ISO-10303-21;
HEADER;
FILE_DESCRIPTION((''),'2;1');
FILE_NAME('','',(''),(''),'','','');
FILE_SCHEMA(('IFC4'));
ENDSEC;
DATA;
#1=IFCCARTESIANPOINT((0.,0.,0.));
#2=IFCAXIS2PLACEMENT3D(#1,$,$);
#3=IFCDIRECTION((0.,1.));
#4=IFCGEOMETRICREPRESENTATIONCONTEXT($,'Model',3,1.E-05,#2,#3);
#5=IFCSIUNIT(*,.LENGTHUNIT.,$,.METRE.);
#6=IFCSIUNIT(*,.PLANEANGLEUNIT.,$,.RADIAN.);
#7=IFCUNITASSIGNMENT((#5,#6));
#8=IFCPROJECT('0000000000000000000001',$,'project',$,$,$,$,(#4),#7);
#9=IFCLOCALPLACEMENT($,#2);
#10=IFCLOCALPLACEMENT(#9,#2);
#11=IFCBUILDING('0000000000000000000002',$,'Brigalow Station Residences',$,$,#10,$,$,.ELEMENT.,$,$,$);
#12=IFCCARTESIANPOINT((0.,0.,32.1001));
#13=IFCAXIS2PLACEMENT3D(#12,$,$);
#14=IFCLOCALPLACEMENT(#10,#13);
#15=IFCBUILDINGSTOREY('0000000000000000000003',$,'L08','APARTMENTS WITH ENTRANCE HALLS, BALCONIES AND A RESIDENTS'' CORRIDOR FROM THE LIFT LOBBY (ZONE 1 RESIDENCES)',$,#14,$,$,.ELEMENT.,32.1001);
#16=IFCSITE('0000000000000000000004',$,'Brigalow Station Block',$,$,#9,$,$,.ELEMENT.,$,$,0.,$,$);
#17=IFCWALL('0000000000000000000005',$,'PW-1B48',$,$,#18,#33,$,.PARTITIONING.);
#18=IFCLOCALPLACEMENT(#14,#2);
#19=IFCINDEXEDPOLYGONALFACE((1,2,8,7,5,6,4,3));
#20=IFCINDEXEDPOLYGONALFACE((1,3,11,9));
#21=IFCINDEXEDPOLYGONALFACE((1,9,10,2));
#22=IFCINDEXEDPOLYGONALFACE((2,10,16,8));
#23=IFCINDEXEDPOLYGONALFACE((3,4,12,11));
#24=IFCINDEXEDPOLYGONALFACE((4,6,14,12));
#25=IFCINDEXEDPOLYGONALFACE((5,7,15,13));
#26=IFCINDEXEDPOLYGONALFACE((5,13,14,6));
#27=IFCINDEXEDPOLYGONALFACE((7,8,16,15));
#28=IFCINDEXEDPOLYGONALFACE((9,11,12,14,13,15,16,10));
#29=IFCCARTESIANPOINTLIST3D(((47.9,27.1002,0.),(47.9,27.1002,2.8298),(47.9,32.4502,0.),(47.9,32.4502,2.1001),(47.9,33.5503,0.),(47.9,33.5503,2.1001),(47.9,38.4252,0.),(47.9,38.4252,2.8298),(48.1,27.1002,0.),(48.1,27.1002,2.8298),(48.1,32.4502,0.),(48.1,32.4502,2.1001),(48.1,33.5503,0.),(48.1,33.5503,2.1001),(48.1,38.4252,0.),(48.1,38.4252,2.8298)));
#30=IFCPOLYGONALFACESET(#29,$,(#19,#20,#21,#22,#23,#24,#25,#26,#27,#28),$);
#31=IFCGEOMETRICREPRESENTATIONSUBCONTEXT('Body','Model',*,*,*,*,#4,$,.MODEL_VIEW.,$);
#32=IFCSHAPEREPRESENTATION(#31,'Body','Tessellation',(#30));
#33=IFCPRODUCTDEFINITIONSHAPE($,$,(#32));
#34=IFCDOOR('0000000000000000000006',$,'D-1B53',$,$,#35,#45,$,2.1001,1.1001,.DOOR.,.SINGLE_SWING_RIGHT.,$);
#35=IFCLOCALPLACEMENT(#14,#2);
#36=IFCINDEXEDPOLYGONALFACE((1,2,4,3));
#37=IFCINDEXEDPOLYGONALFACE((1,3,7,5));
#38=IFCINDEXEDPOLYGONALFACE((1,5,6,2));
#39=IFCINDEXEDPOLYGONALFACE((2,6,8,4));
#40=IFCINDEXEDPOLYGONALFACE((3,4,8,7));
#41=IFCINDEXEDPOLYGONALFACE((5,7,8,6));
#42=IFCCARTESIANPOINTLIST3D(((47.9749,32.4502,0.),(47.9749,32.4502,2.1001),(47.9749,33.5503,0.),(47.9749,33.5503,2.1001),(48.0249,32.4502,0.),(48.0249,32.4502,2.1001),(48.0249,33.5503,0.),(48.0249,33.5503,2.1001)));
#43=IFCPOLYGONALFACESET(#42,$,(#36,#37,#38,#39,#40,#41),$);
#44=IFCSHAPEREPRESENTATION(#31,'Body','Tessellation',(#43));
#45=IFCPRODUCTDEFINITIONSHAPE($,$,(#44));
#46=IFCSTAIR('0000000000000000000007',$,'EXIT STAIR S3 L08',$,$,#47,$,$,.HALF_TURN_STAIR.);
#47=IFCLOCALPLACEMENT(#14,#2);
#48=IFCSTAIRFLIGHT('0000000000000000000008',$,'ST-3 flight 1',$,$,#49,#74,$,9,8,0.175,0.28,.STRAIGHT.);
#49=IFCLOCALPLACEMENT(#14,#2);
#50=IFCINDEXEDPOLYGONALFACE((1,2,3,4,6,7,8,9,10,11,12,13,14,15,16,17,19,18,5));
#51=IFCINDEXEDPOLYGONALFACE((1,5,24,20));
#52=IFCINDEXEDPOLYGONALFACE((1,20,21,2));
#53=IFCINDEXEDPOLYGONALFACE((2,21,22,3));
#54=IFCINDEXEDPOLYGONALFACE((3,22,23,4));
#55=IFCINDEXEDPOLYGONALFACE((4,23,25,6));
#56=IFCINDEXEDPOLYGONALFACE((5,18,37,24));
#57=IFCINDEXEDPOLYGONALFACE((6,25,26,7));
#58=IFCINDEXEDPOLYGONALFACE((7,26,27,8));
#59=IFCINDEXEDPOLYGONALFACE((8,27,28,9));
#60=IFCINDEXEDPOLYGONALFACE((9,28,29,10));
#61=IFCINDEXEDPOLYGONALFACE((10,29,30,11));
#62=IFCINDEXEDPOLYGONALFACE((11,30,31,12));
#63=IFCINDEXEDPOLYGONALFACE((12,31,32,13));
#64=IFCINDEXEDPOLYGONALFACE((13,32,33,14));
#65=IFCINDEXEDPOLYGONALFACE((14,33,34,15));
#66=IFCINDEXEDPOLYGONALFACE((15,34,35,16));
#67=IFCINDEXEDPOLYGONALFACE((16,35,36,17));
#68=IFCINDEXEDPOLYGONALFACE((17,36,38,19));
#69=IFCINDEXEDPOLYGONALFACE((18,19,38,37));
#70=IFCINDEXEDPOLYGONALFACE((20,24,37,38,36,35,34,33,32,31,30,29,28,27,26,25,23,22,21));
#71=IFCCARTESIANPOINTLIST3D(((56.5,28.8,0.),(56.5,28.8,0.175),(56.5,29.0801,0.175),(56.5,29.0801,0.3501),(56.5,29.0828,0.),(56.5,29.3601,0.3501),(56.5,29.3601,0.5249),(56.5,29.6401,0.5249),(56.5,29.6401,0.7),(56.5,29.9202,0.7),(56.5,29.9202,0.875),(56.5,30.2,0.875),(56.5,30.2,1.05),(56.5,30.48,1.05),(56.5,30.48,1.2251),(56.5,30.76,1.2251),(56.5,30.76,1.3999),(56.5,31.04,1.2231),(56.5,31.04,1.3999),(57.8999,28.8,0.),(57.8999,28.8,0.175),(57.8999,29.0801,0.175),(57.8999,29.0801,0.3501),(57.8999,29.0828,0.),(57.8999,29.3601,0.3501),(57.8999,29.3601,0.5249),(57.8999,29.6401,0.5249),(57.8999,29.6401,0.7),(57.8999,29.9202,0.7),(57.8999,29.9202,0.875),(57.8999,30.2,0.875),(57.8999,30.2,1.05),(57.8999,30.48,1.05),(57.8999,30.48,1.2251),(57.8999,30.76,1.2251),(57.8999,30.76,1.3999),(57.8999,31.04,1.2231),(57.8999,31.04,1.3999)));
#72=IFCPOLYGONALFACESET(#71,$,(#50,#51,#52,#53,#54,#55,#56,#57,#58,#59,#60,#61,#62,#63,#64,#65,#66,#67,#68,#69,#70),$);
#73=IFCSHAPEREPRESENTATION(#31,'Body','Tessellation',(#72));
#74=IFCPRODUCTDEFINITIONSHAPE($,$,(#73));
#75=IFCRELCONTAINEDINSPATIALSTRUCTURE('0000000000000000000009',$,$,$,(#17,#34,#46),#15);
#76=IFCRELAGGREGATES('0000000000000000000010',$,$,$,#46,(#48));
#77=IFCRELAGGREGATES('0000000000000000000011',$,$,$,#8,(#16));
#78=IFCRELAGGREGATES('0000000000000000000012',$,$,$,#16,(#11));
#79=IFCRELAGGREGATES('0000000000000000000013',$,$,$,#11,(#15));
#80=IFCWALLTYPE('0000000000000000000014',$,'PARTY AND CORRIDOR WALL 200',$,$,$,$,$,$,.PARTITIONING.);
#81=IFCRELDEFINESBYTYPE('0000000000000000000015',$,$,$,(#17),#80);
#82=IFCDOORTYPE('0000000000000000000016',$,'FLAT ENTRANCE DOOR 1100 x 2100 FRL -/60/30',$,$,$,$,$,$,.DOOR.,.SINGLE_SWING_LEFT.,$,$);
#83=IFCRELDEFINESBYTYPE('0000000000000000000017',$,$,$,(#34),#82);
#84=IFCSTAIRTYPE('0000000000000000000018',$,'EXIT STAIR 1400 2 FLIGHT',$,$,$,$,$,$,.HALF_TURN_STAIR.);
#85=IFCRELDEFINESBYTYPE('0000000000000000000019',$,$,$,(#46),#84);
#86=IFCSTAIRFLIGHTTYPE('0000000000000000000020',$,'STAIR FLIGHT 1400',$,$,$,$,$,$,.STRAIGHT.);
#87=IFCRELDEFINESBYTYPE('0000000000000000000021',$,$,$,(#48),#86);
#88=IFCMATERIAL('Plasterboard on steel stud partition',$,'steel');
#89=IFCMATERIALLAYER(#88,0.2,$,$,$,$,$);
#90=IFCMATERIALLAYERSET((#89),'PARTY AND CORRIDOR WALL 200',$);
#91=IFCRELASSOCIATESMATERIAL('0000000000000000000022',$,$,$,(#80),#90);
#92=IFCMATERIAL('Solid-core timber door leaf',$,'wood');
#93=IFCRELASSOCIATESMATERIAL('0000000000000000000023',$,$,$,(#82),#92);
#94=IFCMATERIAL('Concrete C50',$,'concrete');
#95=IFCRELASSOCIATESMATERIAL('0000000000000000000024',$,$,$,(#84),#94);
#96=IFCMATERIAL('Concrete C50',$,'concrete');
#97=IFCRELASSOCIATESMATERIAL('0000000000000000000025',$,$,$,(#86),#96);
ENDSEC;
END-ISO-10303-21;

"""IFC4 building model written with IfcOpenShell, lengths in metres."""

from ifc_helpers import new_model, si_unit, direction, frame, frame_2d, origin, place, context, subcontext, project, spatial, polyline, rectangle, outline, extrude, material, layer, layer_set, type_object, element, fill, aggregate, save


model = new_model("IFC4")

# Units and contexts
model_context = context("Model", 3, precision=1e-05, world=origin(), true_north=direction((0.0, 1.0)))
body_context = subcontext(model_context, "Body", "Model", "MODEL_VIEW")
ifc_project = project(units=[si_unit("LENGTHUNIT", "METRE"), si_unit("PLANEANGLEUNIT", "RADIAN")], contexts=[model_context])

# Site, building, storey
site_placement = place(None, origin())
site = spatial("IfcSite", under=ifc_project, at=site_placement, Name="Brigalow Station Block", CompositionType="ELEMENT", RefElevation=0.0)
building_placement = place(site_placement, origin())
building = spatial("IfcBuilding", under=site, at=building_placement, Name="Brigalow Station Residences", CompositionType="ELEMENT")
storey_placement = place(building_placement, frame((0.0, 0.0, 32.1001)))
storey = spatial("IfcBuildingStorey", under=building, at=storey_placement, Name="L08", Description="APARTMENTS WITH ENTRANCE HALLS, BALCONIES AND A RESIDENTS' CORRIDOR FROM THE LIFT LOBBY (ZONE 1 RESIDENCES)", CompositionType="ELEMENT", Elevation=32.1001)

# Shared definitions
ifc_material_1 = material(Name="Plasterboard on steel stud partition", Category="steel")
ifc_layer_1 = layer(ifc_material_1, 0.2)
ifc_layer_set_1 = layer_set([ifc_layer_1], Name="PARTY AND CORRIDOR WALL 200")
wall_type_1 = type_object("IfcWallType", Name="PARTY AND CORRIDOR WALL 200", PredefinedType="PARTITIONING", material=ifc_layer_set_1)

# Wall, opening, door
wall_1_placement = place(storey_placement, frame((48.0, 27.1001, 0.0), z_axis=(0.0, 0.0, 1.0), x_axis=(0.0, 1.0, 0.0)))
wall_1 = element("IfcWall", 1, at=wall_1_placement, inside=storey, type_object=wall_type_1, Name="PW-1B48", PredefinedType="PARTITIONING", context=body_context, shape_type="SweptSolid", body=[
    extrude(rectangle(XDim=11.325, YDim=0.2, at=frame_2d((5.6626, 0.0))), origin(), (0.0, 0.0, 1.0), 2.8298),
])
opening_1_placement = place(wall_1_placement, frame((5.3501, 0.0, 0.0)))
opening_1 = element("IfcOpeningElement", 2, at=opening_1_placement, cuts=wall_1, PredefinedType="OPENING", context=body_context, shape_type="SweptSolid", body=[
    extrude(rectangle(XDim=1.1001, YDim=2.1001, at=frame_2d((0.55, 1.05))), frame((0.0, 0.1099, 0.0), z_axis=(0.0, -1.0, 0.0), x_axis=(1.0, 0.0, 0.0)), (0.0, 0.0, 1.0), 0.22),
])
ifc_material_2 = material(Name="Solid-core timber door leaf", Category="wood")
door_type_1 = type_object("IfcDoorType", Name="FLAT ENTRANCE DOOR 1100 x 2100 FRL -/60/30", OperationType="SINGLE_SWING_LEFT", PredefinedType="DOOR", material=ifc_material_2)
door_1_placement = place(opening_1_placement, frame((1.1001, 0.0, 0.0), z_axis=(0.0, 0.0, 1.0), x_axis=(-1.0, 0.0, 0.0)))
door_1 = element("IfcDoor", 3, at=door_1_placement, inside=storey, type_object=door_type_1, Name="D-1B53", OperationType="SINGLE_SWING_RIGHT", OverallHeight=2.1001, OverallWidth=1.1001, PredefinedType="DOOR", context=body_context, shape_type="SweptSolid", body=[
    extrude(rectangle(XDim=1.1001, YDim=2.1001, at=frame_2d((0.55, 1.05))), frame((0.0, 0.0249, 0.0), z_axis=(0.0, -1.0, 0.0), x_axis=(1.0, 0.0, 0.0)), (0.0, 0.0, 1.0), 0.05),
])
fill(opening_1, door_1)

# Stair, stair flight
ifc_material_3 = material(Name="Concrete C50", Category="concrete")
stair_type = type_object("IfcStairType", Name="EXIT STAIR 1400 2 FLIGHT", PredefinedType="HALF_TURN_STAIR", material=ifc_material_3)
stair_placement = place(storey_placement, origin())
stair = element("IfcStair", 4, at=stair_placement, inside=storey, type_object=stair_type, Name="EXIT STAIR S3 L08", PredefinedType="HALF_TURN_STAIR")
ifc_material_4 = material(Name="Concrete C50", Category="concrete")
stair_flight_type = type_object("IfcStairFlightType", Name="STAIR FLIGHT 1400", PredefinedType="STRAIGHT", material=ifc_material_4)
stair_flight_placement = place(storey_placement, frame((57.2, 28.8, 0.0), z_axis=(0.0, 0.0, 1.0), x_axis=(0.0, 1.0, 0.0)))
stair_flight = element("IfcStairFlight", 5, at=stair_flight_placement, type_object=stair_flight_type, Name="ST-3 flight 1", NumberOfRisers=9, NumberOfTreads=8, PredefinedType="STRAIGHT", RiserHeight=0.175, TreadLength=0.28, context=body_context, shape_type="SweptSolid", body=[
    extrude(outline(polyline([(0.0, 0.0), (0.0, 0.175), (0.28, 0.175), (0.28, 0.3501), (0.5601, 0.3501), (0.5601, 0.5249), (0.8401, 0.5249), (0.8401, 0.7), (1.1201, 0.7), (1.1201, 0.875), (1.3999, 0.875), (1.3999, 1.05), (1.6799, 1.05), (1.6799, 1.2251), (1.96, 1.2251), (1.96, 1.3999), (2.24, 1.3999), (2.24, 1.575), (2.24, 1.2231), (0.2827, 0.0), (0.0, 0.0)])), frame((0.0, 0.7, 0.0), z_axis=(0.0, -1.0, 0.0), x_axis=(1.0, 0.0, 0.0)), (0.0, 0.0, 1.0), 1.3999),
])
aggregate(stair, [stair_flight])

save(model, "model.ifc")
